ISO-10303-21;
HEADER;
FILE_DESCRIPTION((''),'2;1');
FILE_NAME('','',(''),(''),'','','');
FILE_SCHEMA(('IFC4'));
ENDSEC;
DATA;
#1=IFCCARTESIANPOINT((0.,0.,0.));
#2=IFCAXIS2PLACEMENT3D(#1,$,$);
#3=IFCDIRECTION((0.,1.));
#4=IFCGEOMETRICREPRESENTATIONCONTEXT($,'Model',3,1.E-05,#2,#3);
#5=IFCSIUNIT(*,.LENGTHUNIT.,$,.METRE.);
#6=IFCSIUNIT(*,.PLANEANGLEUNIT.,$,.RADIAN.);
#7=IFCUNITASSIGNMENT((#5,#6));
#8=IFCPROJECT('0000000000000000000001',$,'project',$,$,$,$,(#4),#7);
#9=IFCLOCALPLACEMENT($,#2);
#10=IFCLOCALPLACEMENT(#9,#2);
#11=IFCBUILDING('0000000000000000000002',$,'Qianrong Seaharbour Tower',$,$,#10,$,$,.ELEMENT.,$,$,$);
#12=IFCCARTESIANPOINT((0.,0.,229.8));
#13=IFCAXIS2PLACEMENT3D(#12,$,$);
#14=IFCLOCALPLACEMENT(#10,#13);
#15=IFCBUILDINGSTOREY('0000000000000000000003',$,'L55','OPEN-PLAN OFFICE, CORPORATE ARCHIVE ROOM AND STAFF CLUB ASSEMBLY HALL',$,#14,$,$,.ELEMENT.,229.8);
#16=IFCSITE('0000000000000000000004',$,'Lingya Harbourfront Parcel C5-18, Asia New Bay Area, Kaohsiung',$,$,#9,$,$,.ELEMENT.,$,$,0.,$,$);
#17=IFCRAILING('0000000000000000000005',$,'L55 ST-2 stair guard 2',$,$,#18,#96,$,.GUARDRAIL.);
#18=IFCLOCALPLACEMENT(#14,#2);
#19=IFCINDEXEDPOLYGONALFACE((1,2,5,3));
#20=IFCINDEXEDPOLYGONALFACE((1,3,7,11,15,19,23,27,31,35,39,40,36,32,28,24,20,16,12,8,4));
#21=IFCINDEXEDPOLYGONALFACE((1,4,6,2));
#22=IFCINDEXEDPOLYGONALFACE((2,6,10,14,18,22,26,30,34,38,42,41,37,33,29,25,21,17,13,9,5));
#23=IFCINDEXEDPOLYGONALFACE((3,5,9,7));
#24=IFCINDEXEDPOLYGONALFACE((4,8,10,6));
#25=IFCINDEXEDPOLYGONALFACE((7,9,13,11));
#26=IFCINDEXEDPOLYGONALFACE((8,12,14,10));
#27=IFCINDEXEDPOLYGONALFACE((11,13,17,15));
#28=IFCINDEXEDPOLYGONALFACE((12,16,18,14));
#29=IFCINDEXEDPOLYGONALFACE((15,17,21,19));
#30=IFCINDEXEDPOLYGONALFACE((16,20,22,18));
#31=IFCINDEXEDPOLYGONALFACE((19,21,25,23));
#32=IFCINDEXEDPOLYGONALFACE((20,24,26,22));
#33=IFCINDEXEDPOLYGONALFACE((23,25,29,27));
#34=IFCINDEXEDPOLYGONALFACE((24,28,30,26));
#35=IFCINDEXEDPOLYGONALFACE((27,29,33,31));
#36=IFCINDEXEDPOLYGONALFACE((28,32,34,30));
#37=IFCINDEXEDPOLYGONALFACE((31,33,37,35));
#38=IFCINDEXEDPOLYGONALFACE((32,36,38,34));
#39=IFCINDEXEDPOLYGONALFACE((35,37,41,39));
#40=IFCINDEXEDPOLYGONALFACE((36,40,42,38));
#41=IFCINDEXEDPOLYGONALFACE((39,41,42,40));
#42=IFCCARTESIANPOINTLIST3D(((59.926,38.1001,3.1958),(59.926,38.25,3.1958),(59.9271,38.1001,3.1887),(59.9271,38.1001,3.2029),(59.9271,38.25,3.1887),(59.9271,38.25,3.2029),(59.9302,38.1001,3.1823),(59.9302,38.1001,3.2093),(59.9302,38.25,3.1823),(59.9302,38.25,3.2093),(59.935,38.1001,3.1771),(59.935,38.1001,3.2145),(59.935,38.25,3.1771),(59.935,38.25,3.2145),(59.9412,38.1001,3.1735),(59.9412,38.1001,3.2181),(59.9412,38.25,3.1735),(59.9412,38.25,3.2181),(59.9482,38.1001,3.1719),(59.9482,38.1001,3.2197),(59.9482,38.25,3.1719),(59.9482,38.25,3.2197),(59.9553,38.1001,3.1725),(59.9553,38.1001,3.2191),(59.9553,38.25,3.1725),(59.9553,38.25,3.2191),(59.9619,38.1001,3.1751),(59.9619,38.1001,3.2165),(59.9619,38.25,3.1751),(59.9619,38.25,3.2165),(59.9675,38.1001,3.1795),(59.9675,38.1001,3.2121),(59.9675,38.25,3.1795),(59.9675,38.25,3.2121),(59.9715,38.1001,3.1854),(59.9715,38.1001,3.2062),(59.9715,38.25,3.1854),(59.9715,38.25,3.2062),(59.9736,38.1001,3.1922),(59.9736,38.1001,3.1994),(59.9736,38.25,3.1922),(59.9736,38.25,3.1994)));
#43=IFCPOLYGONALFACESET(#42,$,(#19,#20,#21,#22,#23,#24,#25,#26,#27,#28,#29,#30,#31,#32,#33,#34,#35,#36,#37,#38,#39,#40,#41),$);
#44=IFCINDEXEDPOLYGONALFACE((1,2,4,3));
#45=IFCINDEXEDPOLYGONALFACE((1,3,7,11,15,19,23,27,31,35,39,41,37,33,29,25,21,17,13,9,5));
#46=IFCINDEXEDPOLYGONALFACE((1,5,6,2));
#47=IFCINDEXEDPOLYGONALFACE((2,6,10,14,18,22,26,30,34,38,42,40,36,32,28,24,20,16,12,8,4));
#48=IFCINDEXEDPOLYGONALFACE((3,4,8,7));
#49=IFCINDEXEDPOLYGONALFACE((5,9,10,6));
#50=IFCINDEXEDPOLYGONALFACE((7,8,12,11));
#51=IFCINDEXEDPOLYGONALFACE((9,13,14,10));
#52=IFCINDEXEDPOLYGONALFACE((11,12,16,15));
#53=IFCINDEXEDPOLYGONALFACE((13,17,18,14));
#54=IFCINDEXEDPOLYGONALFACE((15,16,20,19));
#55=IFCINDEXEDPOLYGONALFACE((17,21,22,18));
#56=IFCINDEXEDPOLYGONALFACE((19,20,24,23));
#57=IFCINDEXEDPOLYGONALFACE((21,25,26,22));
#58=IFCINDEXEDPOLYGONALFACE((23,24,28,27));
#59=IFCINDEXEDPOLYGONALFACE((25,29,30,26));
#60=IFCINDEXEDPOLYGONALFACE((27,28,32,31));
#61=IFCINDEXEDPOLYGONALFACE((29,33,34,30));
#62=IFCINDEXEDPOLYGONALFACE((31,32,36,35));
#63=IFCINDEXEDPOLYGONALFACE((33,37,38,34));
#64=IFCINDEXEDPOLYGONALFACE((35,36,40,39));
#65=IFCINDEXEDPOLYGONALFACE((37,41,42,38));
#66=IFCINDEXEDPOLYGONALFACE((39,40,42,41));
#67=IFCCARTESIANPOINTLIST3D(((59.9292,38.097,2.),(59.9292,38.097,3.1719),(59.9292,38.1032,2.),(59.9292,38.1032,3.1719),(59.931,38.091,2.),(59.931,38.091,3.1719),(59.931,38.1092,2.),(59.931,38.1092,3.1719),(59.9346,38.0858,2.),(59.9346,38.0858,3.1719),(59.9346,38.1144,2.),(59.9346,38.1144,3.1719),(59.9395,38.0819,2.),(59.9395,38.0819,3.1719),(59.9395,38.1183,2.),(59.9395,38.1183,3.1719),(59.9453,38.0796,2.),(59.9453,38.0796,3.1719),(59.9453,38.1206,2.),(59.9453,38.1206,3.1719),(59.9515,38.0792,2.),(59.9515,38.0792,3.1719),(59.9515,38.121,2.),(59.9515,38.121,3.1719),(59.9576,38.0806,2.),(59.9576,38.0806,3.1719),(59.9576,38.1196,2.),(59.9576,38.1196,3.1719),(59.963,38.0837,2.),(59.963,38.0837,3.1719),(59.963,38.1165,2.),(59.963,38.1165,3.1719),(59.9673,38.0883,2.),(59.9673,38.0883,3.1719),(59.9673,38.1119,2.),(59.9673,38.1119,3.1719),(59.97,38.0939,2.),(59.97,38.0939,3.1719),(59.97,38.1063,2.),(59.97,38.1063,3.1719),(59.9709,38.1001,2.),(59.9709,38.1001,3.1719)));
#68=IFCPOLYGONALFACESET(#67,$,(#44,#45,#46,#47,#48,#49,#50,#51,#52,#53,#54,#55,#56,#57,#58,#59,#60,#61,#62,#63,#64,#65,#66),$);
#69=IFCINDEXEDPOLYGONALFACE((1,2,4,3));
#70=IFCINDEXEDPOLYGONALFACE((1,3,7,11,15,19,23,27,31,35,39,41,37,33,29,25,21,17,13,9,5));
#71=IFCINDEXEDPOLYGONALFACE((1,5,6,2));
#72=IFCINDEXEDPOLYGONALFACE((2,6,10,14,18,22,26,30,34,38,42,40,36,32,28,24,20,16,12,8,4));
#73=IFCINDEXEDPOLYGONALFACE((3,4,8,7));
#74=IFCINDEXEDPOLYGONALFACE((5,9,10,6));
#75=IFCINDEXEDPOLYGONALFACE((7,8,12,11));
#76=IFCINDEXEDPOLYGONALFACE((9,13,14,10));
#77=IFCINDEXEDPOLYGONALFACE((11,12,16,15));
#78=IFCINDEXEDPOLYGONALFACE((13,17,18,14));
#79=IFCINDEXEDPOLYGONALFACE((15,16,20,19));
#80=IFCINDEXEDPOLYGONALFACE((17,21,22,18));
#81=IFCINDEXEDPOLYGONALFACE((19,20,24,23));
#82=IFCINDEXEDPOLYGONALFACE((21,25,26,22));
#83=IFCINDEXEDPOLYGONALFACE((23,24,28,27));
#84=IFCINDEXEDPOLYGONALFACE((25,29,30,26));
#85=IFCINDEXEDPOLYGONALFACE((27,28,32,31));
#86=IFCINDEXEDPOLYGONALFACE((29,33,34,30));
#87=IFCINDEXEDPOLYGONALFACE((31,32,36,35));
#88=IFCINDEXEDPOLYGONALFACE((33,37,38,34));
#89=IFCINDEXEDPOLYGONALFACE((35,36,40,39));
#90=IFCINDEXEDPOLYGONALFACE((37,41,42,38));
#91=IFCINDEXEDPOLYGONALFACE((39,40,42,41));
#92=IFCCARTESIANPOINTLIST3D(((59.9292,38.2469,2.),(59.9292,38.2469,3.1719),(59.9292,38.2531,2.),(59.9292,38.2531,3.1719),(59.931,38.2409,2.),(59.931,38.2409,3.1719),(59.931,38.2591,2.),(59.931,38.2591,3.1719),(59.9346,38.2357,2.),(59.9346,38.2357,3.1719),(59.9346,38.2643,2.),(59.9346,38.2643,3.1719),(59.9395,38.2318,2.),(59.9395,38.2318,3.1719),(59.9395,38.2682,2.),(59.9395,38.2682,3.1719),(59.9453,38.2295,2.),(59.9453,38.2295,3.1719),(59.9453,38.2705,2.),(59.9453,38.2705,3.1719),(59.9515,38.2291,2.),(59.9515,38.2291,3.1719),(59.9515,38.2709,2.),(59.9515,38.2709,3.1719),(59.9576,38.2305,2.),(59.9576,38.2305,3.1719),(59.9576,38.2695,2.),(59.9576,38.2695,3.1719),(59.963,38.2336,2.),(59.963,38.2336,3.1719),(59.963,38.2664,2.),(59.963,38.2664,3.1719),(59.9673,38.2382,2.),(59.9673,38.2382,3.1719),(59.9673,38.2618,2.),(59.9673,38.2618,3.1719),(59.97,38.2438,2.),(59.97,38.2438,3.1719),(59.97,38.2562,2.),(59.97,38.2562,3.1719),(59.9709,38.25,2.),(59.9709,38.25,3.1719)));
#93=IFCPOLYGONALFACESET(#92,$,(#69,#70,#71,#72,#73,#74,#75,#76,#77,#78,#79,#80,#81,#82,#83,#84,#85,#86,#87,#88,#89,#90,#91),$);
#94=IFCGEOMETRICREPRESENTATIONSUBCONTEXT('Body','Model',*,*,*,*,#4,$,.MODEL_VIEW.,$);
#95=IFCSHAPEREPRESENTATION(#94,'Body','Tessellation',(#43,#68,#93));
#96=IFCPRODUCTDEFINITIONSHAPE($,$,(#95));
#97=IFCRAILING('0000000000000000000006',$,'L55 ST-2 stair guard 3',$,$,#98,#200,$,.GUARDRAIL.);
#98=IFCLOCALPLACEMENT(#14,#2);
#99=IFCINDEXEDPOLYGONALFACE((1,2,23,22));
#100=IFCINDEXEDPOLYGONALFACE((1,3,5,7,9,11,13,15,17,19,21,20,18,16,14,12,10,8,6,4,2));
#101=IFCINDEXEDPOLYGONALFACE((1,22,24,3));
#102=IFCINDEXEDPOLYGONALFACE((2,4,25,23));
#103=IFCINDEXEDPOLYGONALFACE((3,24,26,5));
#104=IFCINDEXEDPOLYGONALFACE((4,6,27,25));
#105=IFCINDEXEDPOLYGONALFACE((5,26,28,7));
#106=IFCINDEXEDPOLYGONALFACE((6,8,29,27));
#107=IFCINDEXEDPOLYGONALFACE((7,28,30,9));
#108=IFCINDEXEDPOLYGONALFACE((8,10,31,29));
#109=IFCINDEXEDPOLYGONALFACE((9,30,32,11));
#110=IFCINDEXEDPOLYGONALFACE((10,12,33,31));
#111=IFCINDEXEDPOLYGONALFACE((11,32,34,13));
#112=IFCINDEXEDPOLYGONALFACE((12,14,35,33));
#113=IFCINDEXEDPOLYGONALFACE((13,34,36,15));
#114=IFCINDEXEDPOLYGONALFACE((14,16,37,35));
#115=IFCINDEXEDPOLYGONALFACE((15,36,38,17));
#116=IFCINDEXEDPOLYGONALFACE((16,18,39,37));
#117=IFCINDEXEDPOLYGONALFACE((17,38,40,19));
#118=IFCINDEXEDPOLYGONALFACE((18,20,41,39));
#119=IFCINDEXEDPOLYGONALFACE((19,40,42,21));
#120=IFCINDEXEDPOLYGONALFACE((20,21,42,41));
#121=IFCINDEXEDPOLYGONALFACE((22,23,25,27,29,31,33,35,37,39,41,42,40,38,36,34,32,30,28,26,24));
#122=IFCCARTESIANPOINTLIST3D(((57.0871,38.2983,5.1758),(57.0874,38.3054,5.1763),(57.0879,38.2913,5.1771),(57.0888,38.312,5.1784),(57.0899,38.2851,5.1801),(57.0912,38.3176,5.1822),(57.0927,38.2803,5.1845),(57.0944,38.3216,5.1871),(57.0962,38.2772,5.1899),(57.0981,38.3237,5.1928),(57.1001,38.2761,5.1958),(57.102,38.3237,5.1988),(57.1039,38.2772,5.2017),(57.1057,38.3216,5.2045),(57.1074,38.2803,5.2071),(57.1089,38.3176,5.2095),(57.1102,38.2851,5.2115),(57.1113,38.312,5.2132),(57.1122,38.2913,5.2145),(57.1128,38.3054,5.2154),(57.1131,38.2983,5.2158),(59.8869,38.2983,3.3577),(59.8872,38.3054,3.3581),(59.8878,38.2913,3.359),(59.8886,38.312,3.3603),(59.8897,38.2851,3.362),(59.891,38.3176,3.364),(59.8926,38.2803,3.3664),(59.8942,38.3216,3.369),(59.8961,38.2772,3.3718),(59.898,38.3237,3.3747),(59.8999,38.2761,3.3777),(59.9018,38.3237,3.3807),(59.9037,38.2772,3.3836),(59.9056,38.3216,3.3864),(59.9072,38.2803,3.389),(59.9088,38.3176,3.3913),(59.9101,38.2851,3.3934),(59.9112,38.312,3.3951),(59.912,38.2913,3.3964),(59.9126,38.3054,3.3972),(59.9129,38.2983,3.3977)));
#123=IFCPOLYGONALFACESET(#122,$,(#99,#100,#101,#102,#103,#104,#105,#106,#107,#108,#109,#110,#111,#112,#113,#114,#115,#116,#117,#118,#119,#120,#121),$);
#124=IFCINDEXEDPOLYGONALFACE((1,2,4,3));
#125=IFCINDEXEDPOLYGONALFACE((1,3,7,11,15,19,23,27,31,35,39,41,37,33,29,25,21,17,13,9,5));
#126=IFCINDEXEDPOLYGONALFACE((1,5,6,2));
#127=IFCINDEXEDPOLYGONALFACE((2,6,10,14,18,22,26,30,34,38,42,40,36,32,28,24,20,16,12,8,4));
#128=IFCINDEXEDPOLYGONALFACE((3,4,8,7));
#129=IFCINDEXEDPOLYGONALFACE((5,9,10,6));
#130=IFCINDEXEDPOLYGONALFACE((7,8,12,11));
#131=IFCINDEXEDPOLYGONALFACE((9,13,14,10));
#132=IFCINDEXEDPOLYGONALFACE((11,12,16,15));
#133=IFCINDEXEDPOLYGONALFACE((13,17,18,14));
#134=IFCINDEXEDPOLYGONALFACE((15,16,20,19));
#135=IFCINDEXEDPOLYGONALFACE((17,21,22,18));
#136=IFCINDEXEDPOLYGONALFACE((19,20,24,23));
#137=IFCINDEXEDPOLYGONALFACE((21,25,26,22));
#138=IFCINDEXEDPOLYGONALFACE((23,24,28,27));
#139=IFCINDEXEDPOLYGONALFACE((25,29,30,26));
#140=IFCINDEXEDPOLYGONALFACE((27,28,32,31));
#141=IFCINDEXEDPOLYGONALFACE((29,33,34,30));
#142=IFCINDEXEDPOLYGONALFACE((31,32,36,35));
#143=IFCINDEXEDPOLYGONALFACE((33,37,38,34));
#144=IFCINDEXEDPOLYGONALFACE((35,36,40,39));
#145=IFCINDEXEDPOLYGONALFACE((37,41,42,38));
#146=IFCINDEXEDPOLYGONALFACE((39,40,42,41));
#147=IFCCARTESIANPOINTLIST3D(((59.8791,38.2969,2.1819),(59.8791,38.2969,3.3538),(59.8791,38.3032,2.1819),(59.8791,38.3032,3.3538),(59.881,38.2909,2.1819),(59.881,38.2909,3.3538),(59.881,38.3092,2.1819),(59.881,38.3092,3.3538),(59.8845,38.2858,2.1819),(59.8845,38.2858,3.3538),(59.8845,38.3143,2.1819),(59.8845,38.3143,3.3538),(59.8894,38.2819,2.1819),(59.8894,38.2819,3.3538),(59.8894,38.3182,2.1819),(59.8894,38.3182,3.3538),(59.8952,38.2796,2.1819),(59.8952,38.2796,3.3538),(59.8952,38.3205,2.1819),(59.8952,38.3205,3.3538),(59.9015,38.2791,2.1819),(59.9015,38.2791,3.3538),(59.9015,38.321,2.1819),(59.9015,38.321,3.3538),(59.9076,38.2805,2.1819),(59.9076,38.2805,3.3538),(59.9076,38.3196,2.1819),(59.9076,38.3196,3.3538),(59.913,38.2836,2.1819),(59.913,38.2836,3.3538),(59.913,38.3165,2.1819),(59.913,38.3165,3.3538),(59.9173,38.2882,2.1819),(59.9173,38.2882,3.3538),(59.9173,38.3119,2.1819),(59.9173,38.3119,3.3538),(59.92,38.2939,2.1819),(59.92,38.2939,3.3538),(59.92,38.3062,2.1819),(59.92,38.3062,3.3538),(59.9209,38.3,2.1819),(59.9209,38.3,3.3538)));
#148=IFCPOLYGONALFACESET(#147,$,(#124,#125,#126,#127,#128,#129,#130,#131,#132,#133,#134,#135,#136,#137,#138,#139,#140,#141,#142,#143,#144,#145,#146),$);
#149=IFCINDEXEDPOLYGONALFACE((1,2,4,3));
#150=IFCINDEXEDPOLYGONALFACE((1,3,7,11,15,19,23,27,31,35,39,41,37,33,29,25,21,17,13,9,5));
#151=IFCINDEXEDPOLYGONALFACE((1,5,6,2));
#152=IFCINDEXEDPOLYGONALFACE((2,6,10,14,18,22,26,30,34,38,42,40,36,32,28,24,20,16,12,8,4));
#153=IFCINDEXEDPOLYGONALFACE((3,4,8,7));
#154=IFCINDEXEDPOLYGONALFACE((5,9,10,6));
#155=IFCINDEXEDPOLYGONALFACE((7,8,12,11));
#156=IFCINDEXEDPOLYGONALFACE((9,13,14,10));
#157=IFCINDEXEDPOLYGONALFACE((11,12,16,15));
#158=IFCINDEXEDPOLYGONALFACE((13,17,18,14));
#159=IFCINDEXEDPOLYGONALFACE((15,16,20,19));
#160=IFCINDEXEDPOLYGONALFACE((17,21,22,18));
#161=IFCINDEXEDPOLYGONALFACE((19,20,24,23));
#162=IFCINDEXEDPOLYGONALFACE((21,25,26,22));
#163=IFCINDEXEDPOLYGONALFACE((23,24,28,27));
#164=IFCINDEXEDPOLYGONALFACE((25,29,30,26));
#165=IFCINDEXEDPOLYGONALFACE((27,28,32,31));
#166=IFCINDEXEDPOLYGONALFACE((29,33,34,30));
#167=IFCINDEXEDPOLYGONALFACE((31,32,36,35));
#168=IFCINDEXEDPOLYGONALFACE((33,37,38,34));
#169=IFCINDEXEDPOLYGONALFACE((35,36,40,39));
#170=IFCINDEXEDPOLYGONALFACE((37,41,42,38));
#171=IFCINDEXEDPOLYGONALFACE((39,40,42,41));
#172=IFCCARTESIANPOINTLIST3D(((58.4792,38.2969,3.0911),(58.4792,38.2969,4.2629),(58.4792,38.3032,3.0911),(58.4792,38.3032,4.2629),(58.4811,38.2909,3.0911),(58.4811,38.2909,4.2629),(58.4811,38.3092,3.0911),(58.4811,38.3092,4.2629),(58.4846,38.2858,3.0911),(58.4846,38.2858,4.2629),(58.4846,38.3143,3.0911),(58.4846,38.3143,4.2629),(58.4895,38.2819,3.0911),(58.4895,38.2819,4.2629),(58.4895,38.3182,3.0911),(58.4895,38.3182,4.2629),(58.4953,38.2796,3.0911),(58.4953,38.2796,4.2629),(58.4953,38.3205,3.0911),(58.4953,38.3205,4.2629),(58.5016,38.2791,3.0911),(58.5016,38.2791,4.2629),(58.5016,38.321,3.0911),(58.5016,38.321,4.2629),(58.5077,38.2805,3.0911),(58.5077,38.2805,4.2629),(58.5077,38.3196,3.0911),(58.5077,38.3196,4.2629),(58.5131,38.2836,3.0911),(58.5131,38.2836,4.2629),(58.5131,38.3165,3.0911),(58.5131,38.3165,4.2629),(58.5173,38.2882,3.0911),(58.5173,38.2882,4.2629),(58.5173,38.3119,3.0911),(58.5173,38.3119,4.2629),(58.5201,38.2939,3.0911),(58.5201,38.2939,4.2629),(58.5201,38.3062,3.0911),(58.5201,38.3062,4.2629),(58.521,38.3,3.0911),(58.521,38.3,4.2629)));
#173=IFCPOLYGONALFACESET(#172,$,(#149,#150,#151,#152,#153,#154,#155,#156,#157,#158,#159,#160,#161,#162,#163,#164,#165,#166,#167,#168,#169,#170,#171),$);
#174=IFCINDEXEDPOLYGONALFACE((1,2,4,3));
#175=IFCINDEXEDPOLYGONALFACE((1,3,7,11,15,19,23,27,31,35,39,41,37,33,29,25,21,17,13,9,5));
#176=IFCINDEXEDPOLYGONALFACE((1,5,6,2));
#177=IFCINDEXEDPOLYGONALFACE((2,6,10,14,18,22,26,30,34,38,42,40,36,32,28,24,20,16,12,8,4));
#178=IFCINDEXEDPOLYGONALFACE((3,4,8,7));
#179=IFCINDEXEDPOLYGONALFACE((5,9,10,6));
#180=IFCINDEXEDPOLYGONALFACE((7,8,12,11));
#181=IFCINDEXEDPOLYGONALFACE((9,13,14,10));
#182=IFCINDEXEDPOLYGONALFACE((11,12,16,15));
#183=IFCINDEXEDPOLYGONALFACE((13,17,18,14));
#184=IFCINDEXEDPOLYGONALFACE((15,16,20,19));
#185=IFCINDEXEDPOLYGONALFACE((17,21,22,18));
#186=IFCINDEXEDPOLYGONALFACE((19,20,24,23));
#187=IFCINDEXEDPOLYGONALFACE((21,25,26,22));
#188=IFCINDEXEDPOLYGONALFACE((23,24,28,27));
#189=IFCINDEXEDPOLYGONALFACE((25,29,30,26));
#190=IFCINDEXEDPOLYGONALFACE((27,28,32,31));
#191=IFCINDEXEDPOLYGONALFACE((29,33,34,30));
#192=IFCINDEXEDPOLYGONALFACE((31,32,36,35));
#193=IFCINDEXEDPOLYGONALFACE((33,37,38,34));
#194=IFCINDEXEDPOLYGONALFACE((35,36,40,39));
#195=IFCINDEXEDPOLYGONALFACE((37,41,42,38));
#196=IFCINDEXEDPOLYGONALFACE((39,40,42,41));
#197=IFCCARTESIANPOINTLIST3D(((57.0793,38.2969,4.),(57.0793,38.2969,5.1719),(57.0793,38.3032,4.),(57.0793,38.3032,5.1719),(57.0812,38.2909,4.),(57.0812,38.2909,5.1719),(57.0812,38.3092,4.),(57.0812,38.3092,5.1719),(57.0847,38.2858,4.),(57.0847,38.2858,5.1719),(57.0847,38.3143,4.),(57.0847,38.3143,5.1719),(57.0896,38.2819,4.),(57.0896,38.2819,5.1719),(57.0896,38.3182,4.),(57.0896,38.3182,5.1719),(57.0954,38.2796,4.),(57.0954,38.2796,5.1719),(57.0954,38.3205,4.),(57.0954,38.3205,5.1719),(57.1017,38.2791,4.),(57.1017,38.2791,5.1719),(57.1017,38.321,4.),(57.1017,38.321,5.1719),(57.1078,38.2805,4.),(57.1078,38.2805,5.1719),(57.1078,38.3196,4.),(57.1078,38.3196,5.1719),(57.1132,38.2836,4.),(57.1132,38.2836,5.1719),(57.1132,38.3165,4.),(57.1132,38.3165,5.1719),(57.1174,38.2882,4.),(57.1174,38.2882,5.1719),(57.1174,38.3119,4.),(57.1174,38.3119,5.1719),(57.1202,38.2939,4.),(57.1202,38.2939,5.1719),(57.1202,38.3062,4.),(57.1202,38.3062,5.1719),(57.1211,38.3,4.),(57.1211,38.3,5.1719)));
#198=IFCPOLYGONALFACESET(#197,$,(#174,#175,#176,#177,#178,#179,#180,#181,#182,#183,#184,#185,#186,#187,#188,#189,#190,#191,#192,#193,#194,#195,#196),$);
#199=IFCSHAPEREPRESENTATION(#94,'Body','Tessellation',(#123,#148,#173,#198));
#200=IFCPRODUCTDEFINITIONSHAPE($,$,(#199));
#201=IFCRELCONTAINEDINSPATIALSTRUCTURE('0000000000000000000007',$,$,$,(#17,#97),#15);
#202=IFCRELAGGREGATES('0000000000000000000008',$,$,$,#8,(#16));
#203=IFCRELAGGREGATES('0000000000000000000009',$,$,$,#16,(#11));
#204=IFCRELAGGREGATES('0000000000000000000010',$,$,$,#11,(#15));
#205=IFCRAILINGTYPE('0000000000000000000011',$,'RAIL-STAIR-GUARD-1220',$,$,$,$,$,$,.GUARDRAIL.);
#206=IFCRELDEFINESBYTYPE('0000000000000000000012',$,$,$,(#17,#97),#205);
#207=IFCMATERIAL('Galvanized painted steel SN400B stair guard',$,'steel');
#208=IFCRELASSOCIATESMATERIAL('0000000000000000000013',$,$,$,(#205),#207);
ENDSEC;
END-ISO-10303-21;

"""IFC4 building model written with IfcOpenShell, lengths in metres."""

from ifc_helpers import new_model, si_unit, direction, frame, origin, origin_2d, place, context, subcontext, project, spatial, circle, extrude, material, type_object, element, save


model = new_model("IFC4")

# Units and contexts
model_context = context("Model", 3, precision=1e-05, world=origin(), true_north=direction((0.0, 1.0)))
body_context = subcontext(model_context, "Body", "Model", "MODEL_VIEW")
ifc_project = project(units=[si_unit("LENGTHUNIT", "METRE"), si_unit("PLANEANGLEUNIT", "RADIAN")], contexts=[model_context])

# Site, building, storey
site_placement = place(None, origin())
site = spatial("IfcSite", under=ifc_project, at=site_placement, Name="Lingya Harbourfront Parcel C5-18, Asia New Bay Area, Kaohsiung", CompositionType="ELEMENT", RefElevation=0.0)
building_placement = place(site_placement, origin())
building = spatial("IfcBuilding", under=site, at=building_placement, Name="Qianrong Seaharbour Tower", CompositionType="ELEMENT")
storey_placement = place(building_placement, frame((0.0, 0.0, 229.8)))
storey = spatial("IfcBuildingStorey", under=building, at=storey_placement, Name="L55", Description="OPEN-PLAN OFFICE, CORPORATE ARCHIVE ROOM AND STAFF CLUB ASSEMBLY HALL", CompositionType="ELEMENT", Elevation=229.8)

# Railings
ifc_material_1 = material(Name="Galvanized painted steel SN400B stair guard", Category="steel")
railing_type_1 = type_object("IfcRailingType", Name="RAIL-STAIR-GUARD-1220", PredefinedType="GUARDRAIL", material=ifc_material_1)
railing_1_placement = place(storey_placement, frame((59.95, 38.1001, 2.0)))
element("IfcRailing", 1, at=railing_1_placement, inside=storey, type_object=railing_type_1, Name="L55 ST-2 stair guard 2", PredefinedType="GUARDRAIL", context=body_context, shape_type="SweptSolid", body=[
    extrude(circle(Radius=0.0239, at=origin_2d()), frame((0.0, 0.0, 1.1958), z_axis=(0.0, 1.0, 0.0), x_axis=(-1.0, 0.0, 0.0)), (0.0, 0.0, 1.0), 0.1499),
    extrude(circle(Radius=0.021, at=origin_2d()), origin(), (0.0, 0.0, 1.0), 1.1719),
    extrude(circle(Radius=0.021, at=origin_2d()), frame((0.0, 0.1499, 0.0)), (0.0, 0.0, 1.0), 1.1719),
])
railing_2_placement = place(storey_placement, frame((59.8999, 38.3, 2.1819)))
element("IfcRailing", 2, at=railing_2_placement, inside=storey, type_object=railing_type_1, Name="L55 ST-2 stair guard 3", PredefinedType="GUARDRAIL", context=body_context, shape_type="SweptSolid", body=[
    extrude(circle(Radius=0.0239, at=origin_2d()), frame((0.0, 0.0, 1.1958), z_axis=(-0.838684, 0.0, 0.544618), x_axis=(0.0, -1.0, 0.0)), (0.0, 0.0, 1.0), 3.3384),
    extrude(circle(Radius=0.021, at=origin_2d()), origin(), (0.0, 0.0, 1.0), 1.1719),
    extrude(circle(Radius=0.021, at=origin_2d()), frame((-1.3999, 0.0, 0.9092)), (0.0, 0.0, 1.0), 1.1719),
    extrude(circle(Radius=0.021, at=origin_2d()), frame((-2.7998, 0.0, 1.8181)), (0.0, 0.0, 1.0), 1.1719),
])

save(model, "model.ifc")
